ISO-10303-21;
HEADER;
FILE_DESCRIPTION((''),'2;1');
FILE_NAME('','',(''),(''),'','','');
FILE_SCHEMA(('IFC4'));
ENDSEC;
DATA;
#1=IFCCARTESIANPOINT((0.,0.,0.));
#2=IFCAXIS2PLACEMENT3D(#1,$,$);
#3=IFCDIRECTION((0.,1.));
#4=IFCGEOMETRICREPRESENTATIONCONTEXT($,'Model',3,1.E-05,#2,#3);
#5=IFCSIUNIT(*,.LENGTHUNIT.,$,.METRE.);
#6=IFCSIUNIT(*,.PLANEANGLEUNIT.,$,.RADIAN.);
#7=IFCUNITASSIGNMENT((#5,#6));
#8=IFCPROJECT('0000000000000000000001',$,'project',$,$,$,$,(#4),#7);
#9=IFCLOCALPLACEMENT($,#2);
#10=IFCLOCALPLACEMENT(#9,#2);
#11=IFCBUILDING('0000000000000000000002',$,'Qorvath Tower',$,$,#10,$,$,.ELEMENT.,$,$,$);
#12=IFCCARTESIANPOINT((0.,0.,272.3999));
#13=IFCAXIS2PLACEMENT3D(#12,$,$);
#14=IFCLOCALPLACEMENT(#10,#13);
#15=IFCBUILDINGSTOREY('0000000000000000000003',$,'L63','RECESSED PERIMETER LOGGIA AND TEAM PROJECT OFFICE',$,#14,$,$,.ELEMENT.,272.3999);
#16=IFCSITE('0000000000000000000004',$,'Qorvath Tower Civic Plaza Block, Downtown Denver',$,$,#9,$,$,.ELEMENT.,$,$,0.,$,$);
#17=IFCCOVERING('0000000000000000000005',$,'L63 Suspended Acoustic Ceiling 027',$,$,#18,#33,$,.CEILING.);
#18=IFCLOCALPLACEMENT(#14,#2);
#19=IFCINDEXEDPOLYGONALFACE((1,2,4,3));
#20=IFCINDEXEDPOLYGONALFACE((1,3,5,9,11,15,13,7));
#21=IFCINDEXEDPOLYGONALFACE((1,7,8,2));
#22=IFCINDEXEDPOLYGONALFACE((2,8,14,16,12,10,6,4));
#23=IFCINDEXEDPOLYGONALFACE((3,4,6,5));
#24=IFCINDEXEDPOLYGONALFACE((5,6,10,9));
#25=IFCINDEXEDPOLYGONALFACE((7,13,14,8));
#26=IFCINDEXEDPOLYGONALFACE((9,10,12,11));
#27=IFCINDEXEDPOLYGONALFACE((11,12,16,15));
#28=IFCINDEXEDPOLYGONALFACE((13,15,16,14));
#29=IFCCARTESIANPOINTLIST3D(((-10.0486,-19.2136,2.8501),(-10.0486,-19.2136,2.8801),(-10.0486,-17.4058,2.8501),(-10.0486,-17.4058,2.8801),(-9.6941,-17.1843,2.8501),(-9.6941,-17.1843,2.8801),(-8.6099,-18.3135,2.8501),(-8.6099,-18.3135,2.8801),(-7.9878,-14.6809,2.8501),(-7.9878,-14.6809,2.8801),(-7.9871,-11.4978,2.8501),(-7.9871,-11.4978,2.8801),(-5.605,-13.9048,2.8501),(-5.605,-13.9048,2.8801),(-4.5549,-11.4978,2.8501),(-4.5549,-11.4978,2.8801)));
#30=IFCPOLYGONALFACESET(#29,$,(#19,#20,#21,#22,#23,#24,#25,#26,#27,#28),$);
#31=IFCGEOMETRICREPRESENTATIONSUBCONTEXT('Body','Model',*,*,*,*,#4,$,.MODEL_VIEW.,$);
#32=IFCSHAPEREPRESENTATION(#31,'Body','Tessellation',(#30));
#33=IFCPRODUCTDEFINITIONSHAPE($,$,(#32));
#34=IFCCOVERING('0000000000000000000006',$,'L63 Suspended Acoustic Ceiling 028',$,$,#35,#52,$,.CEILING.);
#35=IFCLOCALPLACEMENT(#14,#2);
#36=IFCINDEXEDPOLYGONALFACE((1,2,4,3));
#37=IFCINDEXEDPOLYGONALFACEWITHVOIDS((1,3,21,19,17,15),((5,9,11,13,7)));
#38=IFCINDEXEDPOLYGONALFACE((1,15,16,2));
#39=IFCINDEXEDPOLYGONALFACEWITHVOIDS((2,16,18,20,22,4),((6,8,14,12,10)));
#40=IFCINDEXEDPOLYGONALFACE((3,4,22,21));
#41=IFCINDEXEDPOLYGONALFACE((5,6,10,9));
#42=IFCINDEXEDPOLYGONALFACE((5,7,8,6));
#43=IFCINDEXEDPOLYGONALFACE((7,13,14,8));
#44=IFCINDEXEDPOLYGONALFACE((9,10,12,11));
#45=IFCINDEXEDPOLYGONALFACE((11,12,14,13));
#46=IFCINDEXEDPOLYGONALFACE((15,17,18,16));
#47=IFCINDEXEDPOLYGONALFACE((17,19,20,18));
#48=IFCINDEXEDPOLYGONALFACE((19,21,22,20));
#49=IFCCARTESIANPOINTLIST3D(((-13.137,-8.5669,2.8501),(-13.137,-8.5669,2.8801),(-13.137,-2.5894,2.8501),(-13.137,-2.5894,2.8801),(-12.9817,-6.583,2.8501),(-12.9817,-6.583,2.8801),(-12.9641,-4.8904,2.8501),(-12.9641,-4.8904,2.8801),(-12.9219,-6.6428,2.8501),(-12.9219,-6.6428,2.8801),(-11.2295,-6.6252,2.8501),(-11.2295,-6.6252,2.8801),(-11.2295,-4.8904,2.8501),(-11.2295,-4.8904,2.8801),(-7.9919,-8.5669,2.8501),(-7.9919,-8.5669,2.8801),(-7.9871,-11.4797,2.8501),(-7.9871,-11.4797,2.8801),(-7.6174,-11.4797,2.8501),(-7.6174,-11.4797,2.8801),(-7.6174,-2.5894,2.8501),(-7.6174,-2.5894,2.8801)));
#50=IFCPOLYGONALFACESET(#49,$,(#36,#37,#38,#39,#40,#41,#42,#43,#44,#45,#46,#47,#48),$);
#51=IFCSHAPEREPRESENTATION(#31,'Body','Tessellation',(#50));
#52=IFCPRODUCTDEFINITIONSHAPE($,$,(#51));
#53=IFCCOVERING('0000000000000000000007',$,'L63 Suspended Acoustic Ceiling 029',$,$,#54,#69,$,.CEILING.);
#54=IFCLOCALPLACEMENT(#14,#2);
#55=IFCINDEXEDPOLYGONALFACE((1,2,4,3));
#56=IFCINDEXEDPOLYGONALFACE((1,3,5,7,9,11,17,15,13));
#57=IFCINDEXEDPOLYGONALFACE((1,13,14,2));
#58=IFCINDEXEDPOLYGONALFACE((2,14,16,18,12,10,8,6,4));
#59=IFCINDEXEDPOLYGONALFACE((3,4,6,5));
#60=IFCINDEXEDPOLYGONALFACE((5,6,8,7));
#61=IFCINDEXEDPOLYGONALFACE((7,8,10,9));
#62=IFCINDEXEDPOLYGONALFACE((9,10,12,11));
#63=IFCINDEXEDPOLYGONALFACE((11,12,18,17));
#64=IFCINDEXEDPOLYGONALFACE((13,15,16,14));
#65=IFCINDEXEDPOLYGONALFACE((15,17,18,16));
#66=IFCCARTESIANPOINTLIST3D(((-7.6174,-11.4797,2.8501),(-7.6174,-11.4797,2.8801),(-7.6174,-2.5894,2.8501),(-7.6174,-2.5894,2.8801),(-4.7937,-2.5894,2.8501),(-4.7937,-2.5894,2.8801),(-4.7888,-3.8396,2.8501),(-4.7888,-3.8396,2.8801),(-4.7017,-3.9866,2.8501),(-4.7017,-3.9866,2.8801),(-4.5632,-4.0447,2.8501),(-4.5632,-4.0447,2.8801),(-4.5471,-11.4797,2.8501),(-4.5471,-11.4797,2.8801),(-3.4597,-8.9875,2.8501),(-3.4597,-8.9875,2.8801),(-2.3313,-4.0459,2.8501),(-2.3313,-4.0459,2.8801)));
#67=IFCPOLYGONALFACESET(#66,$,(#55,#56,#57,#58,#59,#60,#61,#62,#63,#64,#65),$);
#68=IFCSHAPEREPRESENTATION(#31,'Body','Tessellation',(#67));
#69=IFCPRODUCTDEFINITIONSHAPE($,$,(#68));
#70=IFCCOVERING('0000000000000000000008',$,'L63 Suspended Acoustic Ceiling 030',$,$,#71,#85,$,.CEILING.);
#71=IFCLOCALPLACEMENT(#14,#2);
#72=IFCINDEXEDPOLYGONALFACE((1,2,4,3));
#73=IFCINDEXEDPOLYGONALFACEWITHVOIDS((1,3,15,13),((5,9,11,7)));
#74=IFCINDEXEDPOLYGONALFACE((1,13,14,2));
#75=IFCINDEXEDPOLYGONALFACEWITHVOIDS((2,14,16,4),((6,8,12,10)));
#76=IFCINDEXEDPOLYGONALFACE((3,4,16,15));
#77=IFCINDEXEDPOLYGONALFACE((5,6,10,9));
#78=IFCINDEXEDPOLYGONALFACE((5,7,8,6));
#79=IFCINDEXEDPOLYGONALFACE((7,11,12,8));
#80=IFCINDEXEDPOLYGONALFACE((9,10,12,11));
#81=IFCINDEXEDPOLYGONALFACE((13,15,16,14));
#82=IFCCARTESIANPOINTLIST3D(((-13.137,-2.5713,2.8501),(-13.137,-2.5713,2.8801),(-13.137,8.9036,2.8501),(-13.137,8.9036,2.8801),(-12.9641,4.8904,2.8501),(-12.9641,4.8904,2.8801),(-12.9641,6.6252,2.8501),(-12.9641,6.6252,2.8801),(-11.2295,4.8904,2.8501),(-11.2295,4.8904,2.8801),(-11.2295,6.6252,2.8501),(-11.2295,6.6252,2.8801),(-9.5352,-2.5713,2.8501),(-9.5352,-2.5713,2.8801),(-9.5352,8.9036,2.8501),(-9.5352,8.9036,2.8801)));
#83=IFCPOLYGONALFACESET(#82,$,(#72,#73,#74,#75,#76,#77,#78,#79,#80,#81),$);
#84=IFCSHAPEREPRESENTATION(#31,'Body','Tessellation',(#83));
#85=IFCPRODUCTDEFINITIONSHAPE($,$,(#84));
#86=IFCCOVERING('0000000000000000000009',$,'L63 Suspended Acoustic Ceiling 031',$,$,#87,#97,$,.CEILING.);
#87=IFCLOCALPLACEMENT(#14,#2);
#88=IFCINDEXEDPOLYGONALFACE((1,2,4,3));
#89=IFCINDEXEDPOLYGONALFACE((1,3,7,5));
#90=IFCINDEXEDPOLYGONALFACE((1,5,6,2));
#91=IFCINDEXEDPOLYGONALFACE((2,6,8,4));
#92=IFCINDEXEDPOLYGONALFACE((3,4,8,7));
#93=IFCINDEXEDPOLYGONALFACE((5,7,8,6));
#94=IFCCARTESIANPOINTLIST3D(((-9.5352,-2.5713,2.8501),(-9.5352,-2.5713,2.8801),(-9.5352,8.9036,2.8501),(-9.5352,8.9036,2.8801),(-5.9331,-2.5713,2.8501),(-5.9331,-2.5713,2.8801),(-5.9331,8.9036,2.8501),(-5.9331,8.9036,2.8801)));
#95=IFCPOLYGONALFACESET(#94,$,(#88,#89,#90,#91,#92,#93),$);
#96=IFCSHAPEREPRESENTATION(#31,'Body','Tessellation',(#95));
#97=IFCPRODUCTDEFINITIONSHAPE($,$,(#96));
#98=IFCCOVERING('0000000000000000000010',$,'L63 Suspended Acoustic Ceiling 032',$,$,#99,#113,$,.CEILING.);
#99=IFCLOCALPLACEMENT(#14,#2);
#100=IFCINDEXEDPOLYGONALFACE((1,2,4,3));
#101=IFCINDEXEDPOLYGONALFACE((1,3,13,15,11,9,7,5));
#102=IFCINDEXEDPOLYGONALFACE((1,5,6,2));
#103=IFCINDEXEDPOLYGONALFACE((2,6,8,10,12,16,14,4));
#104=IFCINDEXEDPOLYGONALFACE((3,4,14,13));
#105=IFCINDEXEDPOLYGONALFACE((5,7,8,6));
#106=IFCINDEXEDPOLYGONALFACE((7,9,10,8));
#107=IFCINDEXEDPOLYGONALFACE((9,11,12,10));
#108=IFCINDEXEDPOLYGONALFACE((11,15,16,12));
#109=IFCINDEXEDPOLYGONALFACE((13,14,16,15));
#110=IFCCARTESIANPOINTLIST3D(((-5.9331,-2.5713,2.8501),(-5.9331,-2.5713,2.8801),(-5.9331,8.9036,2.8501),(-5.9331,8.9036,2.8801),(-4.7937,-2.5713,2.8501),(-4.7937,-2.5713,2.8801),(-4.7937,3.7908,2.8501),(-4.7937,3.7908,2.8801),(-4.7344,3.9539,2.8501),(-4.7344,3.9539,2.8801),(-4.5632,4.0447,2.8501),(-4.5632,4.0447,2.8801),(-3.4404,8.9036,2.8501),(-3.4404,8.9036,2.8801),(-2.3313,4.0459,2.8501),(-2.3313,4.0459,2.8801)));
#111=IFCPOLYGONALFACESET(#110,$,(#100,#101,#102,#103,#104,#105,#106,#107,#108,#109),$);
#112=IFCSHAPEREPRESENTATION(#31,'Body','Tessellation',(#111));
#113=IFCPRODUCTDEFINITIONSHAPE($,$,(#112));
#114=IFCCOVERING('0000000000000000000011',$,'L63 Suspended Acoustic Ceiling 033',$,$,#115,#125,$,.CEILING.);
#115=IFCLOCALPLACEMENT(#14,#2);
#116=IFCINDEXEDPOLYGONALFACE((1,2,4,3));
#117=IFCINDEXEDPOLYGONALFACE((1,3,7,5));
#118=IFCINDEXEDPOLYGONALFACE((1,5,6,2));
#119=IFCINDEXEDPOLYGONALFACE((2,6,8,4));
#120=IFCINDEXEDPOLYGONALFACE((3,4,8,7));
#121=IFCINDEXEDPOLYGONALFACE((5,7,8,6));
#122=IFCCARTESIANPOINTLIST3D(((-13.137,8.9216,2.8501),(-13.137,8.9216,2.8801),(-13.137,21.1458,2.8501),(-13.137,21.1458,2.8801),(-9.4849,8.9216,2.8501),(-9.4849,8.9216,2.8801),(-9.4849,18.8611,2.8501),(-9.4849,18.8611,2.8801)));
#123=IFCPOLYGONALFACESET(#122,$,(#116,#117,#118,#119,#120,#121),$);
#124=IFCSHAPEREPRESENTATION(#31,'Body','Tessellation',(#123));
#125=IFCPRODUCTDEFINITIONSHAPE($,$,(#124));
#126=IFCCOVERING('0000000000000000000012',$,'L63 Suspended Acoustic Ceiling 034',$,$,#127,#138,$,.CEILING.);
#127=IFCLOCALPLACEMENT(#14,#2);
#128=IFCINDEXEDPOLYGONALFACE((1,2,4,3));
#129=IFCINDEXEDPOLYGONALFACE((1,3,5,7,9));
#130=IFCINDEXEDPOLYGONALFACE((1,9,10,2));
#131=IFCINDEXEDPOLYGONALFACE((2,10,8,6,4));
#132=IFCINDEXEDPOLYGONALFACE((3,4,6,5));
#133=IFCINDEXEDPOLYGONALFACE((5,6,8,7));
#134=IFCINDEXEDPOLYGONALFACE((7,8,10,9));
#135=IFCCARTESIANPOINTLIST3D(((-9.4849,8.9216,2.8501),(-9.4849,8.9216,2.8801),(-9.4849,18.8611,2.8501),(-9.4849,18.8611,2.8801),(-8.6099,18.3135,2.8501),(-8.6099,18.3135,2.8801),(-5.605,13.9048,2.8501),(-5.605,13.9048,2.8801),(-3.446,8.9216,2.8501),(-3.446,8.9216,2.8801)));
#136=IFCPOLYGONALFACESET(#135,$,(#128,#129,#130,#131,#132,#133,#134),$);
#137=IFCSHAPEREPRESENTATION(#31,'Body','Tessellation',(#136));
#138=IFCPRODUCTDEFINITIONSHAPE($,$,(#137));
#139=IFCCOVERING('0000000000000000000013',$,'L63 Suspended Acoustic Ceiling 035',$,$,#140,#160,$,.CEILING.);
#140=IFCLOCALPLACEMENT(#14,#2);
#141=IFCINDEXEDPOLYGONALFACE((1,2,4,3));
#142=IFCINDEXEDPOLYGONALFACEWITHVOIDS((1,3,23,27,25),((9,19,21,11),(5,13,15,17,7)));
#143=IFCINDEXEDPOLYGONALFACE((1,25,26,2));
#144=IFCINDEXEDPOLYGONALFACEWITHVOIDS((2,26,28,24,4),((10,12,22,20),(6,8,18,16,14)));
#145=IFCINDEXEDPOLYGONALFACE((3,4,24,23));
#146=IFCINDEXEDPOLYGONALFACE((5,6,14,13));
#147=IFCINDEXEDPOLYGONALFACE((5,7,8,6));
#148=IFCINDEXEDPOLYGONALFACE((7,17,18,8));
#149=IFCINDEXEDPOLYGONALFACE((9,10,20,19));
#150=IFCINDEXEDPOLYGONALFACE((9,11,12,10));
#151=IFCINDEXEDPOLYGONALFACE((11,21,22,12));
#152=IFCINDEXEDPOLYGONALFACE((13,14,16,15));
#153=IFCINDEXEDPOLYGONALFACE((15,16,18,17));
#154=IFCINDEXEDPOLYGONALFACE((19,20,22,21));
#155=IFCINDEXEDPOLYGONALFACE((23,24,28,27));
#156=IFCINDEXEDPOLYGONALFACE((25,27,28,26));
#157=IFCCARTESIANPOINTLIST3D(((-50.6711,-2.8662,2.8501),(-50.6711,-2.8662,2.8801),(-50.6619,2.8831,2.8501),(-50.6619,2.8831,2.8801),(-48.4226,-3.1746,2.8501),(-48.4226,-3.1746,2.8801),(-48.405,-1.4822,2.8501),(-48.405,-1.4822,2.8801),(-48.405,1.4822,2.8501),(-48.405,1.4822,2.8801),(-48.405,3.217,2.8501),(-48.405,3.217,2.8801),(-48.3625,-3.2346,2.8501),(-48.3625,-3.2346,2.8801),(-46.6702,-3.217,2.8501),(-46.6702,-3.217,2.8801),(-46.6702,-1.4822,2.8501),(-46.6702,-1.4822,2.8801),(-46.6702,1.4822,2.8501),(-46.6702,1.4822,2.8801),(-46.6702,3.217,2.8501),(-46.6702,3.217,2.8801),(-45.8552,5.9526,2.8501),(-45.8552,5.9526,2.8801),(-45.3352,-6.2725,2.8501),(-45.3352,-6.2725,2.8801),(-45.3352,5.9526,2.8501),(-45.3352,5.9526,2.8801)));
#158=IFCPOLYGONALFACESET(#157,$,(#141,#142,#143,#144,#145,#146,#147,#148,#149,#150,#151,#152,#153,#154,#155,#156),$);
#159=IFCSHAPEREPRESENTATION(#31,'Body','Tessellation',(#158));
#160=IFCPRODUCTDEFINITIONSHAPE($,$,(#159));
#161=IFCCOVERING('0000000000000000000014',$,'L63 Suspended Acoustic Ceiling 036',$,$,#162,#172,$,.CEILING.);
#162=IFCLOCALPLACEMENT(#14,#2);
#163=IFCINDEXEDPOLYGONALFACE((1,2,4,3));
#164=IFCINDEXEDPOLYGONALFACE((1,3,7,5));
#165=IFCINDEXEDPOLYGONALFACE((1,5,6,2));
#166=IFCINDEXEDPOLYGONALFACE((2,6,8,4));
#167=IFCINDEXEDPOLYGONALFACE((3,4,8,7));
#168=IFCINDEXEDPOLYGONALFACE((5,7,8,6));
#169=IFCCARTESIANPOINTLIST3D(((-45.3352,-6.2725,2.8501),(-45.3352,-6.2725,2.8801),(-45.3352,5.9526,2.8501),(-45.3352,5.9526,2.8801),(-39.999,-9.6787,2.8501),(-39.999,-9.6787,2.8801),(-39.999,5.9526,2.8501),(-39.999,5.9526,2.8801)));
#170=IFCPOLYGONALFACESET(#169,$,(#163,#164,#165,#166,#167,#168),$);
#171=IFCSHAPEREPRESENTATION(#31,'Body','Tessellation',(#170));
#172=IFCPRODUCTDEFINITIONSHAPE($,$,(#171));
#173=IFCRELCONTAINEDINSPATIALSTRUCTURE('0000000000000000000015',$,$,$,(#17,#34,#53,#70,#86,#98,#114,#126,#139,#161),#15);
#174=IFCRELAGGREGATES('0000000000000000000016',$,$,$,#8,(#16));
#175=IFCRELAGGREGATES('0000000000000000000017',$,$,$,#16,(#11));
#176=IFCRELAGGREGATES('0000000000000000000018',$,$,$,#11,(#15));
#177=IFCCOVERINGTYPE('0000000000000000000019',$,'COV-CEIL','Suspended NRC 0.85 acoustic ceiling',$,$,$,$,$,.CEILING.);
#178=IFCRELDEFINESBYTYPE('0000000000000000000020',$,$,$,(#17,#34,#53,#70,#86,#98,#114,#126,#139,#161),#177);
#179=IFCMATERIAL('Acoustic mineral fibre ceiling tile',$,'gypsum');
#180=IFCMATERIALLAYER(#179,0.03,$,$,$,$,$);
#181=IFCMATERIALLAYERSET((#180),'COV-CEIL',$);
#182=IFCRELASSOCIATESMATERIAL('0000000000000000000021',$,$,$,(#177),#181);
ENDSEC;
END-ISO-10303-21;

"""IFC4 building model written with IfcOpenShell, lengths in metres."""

from ifc_helpers import new_model, si_unit, direction, frame, origin, place, context, subcontext, project, spatial, polyline, outline, extrude, material, layer, layer_set, type_object, element, save


model = new_model("IFC4")

# Units and contexts
model_context = context("Model", 3, precision=1e-05, world=origin(), true_north=direction((0.0, 1.0)))
body_context = subcontext(model_context, "Body", "Model", "MODEL_VIEW")
ifc_project = project(units=[si_unit("LENGTHUNIT", "METRE"), si_unit("PLANEANGLEUNIT", "RADIAN")], contexts=[model_context])

# Site, building, storey
site_placement = place(None, origin())
site = spatial("IfcSite", under=ifc_project, at=site_placement, Name="Qorvath Tower Civic Plaza Block, Downtown Denver", CompositionType="ELEMENT", RefElevation=0.0)
building_placement = place(site_placement, origin())
building = spatial("IfcBuilding", under=site, at=building_placement, Name="Qorvath Tower", CompositionType="ELEMENT")
storey_placement = place(building_placement, frame((0.0, 0.0, 272.3999)))
storey = spatial("IfcBuildingStorey", under=building, at=storey_placement, Name="L63", Description="RECESSED PERIMETER LOGGIA AND TEAM PROJECT OFFICE", CompositionType="ELEMENT", Elevation=272.3999)

# Coverings
ifc_material_1 = material(Name="Acoustic mineral fibre ceiling tile", Category="gypsum")
ifc_layer_1 = layer(ifc_material_1, 0.03)
ifc_layer_set_1 = layer_set([ifc_layer_1], Name="COV-CEIL")
covering_type_1 = type_object("IfcCoveringType", Name="COV-CEIL", Description="Suspended NRC 0.85 acoustic ceiling", PredefinedType="CEILING", material=ifc_layer_set_1)
covering_1_placement = place(storey_placement, frame((0.0, 0.0, 2.8501)))
element("IfcCovering", 1, at=covering_1_placement, inside=storey, type_object=covering_type_1, Name="L63 Suspended Acoustic Ceiling 027", PredefinedType="CEILING", context=body_context, shape_type="SweptSolid", body=[
    extrude(outline(polyline([(-10.0486, -17.4058), (-10.0486, -19.2136), (-8.6099, -18.3135), (-5.605, -13.9048), (-4.5549, -11.4978), (-7.9871, -11.4978), (-7.9878, -14.6809), (-9.6941, -17.1843), (-10.0486, -17.4058)])), origin(), (0.0, 0.0, 1.0), 0.03),
])
covering_2_placement = place(storey_placement, frame((0.0, 0.0, 2.8501)))
element("IfcCovering", 2, at=covering_2_placement, inside=storey, type_object=covering_type_1, Name="L63 Suspended Acoustic Ceiling 028", PredefinedType="CEILING", context=body_context, shape_type="SweptSolid", body=[
    extrude(outline(polyline([(-7.6174, -11.4797), (-7.6174, -2.5894), (-13.137, -2.5894), (-13.137, -8.5669), (-7.9919, -8.5669), (-7.9871, -11.4797), (-7.6174, -11.4797)]), holes=[polyline([(-12.9817, -6.583), (-12.9641, -4.8904), (-11.2295, -4.8904), (-11.2295, -6.6252), (-12.9219, -6.6428), (-12.9817, -6.583)])]), origin(), (0.0, 0.0, 1.0), 0.03),
])
covering_3_placement = place(storey_placement, frame((0.0, 0.0, 2.8501)))
element("IfcCovering", 3, at=covering_3_placement, inside=storey, type_object=covering_type_1, Name="L63 Suspended Acoustic Ceiling 029", PredefinedType="CEILING", context=body_context, shape_type="SweptSolid", body=[
    extrude(outline(polyline([(-4.7017, -3.9866), (-4.7888, -3.8396), (-4.7937, -2.5894), (-7.6174, -2.5894), (-7.6174, -11.4797), (-4.5471, -11.4797), (-3.4597, -8.9875), (-2.3313, -4.0459), (-4.5632, -4.0447), (-4.7017, -3.9866)])), origin(), (0.0, 0.0, 1.0), 0.03),
])
covering_4_placement = place(storey_placement, frame((0.0, 0.0, 2.8501)))
element("IfcCovering", 4, at=covering_4_placement, inside=storey, type_object=covering_type_1, Name="L63 Suspended Acoustic Ceiling 030", PredefinedType="CEILING", context=body_context, shape_type="SweptSolid", body=[
    extrude(outline(polyline([(-9.5352, -2.5713), (-9.5352, 8.9036), (-13.137, 8.9036), (-13.137, -2.5713), (-9.5352, -2.5713)]), holes=[polyline([(-12.9641, 4.8904), (-12.9641, 6.6252), (-11.2295, 6.6252), (-11.2295, 4.8904), (-12.9641, 4.8904)])]), origin(), (0.0, 0.0, 1.0), 0.03),
])
covering_5_placement = place(storey_placement, frame((0.0, 0.0, 2.8501)))
element("IfcCovering", 5, at=covering_5_placement, inside=storey, type_object=covering_type_1, Name="L63 Suspended Acoustic Ceiling 031", PredefinedType="CEILING", context=body_context, shape_type="SweptSolid", body=[
    extrude(outline(polyline([(-5.9331, -2.5713), (-5.9331, 8.9036), (-9.5352, 8.9036), (-9.5352, -2.5713), (-5.9331, -2.5713)])), origin(), (0.0, 0.0, 1.0), 0.03),
])
covering_6_placement = place(storey_placement, frame((0.0, 0.0, 2.8501)))
element("IfcCovering", 6, at=covering_6_placement, inside=storey, type_object=covering_type_1, Name="L63 Suspended Acoustic Ceiling 032", PredefinedType="CEILING", context=body_context, shape_type="SweptSolid", body=[
    extrude(outline(polyline([(-4.7344, 3.9539), (-4.5632, 4.0447), (-2.3313, 4.0459), (-3.4404, 8.9036), (-5.9331, 8.9036), (-5.9331, -2.5713), (-4.7937, -2.5713), (-4.7937, 3.7908), (-4.7344, 3.9539)])), origin(), (0.0, 0.0, 1.0), 0.03),
])
covering_7_placement = place(storey_placement, frame((0.0, 0.0, 2.8501)))
element("IfcCovering", 7, at=covering_7_placement, inside=storey, type_object=covering_type_1, Name="L63 Suspended Acoustic Ceiling 033", PredefinedType="CEILING", context=body_context, shape_type="SweptSolid", body=[
    extrude(outline(polyline([(-13.137, 8.9216), (-9.4849, 8.9216), (-9.4849, 18.8611), (-13.137, 21.1458), (-13.137, 8.9216)])), origin(), (0.0, 0.0, 1.0), 0.03),
])
covering_8_placement = place(storey_placement, frame((0.0, 0.0, 2.8501)))
element("IfcCovering", 8, at=covering_8_placement, inside=storey, type_object=covering_type_1, Name="L63 Suspended Acoustic Ceiling 034", PredefinedType="CEILING", context=body_context, shape_type="SweptSolid", body=[
    extrude(outline(polyline([(-9.4849, 18.8611), (-9.4849, 8.9216), (-3.446, 8.9216), (-5.605, 13.9048), (-8.6099, 18.3135), (-9.4849, 18.8611)])), origin(), (0.0, 0.0, 1.0), 0.03),
])
covering_9_placement = place(storey_placement, frame((0.0, 0.0, 2.8501)))
element("IfcCovering", 9, at=covering_9_placement, inside=storey, type_object=covering_type_1, Name="L63 Suspended Acoustic Ceiling 035", PredefinedType="CEILING", context=body_context, shape_type="SweptSolid", body=[
    extrude(outline(polyline([(-50.6619, 2.8831), (-50.6711, -2.8662), (-45.3352, -6.2725), (-45.3352, 5.9526), (-45.8552, 5.9526), (-50.6619, 2.8831)]), holes=[polyline([(-48.4226, -3.1746), (-48.405, -1.4822), (-46.6702, -1.4822), (-46.6702, -3.217), (-48.3625, -3.2346), (-48.4226, -3.1746)]), polyline([(-48.405, 1.4822), (-48.405, 3.217), (-46.6702, 3.217), (-46.6702, 1.4822), (-48.405, 1.4822)])]), origin(), (0.0, 0.0, 1.0), 0.03),
])
covering_10_placement = place(storey_placement, frame((0.0, 0.0, 2.8501)))
element("IfcCovering", 10, at=covering_10_placement, inside=storey, type_object=covering_type_1, Name="L63 Suspended Acoustic Ceiling 036", PredefinedType="CEILING", context=body_context, shape_type="SweptSolid", body=[
    extrude(outline(polyline([(-45.3352, 5.9526), (-45.3352, -6.2725), (-39.999, -9.6787), (-39.999, 5.9526), (-45.3352, 5.9526)])), origin(), (0.0, 0.0, 1.0), 0.03),
])

save(model, "model.ifc")
